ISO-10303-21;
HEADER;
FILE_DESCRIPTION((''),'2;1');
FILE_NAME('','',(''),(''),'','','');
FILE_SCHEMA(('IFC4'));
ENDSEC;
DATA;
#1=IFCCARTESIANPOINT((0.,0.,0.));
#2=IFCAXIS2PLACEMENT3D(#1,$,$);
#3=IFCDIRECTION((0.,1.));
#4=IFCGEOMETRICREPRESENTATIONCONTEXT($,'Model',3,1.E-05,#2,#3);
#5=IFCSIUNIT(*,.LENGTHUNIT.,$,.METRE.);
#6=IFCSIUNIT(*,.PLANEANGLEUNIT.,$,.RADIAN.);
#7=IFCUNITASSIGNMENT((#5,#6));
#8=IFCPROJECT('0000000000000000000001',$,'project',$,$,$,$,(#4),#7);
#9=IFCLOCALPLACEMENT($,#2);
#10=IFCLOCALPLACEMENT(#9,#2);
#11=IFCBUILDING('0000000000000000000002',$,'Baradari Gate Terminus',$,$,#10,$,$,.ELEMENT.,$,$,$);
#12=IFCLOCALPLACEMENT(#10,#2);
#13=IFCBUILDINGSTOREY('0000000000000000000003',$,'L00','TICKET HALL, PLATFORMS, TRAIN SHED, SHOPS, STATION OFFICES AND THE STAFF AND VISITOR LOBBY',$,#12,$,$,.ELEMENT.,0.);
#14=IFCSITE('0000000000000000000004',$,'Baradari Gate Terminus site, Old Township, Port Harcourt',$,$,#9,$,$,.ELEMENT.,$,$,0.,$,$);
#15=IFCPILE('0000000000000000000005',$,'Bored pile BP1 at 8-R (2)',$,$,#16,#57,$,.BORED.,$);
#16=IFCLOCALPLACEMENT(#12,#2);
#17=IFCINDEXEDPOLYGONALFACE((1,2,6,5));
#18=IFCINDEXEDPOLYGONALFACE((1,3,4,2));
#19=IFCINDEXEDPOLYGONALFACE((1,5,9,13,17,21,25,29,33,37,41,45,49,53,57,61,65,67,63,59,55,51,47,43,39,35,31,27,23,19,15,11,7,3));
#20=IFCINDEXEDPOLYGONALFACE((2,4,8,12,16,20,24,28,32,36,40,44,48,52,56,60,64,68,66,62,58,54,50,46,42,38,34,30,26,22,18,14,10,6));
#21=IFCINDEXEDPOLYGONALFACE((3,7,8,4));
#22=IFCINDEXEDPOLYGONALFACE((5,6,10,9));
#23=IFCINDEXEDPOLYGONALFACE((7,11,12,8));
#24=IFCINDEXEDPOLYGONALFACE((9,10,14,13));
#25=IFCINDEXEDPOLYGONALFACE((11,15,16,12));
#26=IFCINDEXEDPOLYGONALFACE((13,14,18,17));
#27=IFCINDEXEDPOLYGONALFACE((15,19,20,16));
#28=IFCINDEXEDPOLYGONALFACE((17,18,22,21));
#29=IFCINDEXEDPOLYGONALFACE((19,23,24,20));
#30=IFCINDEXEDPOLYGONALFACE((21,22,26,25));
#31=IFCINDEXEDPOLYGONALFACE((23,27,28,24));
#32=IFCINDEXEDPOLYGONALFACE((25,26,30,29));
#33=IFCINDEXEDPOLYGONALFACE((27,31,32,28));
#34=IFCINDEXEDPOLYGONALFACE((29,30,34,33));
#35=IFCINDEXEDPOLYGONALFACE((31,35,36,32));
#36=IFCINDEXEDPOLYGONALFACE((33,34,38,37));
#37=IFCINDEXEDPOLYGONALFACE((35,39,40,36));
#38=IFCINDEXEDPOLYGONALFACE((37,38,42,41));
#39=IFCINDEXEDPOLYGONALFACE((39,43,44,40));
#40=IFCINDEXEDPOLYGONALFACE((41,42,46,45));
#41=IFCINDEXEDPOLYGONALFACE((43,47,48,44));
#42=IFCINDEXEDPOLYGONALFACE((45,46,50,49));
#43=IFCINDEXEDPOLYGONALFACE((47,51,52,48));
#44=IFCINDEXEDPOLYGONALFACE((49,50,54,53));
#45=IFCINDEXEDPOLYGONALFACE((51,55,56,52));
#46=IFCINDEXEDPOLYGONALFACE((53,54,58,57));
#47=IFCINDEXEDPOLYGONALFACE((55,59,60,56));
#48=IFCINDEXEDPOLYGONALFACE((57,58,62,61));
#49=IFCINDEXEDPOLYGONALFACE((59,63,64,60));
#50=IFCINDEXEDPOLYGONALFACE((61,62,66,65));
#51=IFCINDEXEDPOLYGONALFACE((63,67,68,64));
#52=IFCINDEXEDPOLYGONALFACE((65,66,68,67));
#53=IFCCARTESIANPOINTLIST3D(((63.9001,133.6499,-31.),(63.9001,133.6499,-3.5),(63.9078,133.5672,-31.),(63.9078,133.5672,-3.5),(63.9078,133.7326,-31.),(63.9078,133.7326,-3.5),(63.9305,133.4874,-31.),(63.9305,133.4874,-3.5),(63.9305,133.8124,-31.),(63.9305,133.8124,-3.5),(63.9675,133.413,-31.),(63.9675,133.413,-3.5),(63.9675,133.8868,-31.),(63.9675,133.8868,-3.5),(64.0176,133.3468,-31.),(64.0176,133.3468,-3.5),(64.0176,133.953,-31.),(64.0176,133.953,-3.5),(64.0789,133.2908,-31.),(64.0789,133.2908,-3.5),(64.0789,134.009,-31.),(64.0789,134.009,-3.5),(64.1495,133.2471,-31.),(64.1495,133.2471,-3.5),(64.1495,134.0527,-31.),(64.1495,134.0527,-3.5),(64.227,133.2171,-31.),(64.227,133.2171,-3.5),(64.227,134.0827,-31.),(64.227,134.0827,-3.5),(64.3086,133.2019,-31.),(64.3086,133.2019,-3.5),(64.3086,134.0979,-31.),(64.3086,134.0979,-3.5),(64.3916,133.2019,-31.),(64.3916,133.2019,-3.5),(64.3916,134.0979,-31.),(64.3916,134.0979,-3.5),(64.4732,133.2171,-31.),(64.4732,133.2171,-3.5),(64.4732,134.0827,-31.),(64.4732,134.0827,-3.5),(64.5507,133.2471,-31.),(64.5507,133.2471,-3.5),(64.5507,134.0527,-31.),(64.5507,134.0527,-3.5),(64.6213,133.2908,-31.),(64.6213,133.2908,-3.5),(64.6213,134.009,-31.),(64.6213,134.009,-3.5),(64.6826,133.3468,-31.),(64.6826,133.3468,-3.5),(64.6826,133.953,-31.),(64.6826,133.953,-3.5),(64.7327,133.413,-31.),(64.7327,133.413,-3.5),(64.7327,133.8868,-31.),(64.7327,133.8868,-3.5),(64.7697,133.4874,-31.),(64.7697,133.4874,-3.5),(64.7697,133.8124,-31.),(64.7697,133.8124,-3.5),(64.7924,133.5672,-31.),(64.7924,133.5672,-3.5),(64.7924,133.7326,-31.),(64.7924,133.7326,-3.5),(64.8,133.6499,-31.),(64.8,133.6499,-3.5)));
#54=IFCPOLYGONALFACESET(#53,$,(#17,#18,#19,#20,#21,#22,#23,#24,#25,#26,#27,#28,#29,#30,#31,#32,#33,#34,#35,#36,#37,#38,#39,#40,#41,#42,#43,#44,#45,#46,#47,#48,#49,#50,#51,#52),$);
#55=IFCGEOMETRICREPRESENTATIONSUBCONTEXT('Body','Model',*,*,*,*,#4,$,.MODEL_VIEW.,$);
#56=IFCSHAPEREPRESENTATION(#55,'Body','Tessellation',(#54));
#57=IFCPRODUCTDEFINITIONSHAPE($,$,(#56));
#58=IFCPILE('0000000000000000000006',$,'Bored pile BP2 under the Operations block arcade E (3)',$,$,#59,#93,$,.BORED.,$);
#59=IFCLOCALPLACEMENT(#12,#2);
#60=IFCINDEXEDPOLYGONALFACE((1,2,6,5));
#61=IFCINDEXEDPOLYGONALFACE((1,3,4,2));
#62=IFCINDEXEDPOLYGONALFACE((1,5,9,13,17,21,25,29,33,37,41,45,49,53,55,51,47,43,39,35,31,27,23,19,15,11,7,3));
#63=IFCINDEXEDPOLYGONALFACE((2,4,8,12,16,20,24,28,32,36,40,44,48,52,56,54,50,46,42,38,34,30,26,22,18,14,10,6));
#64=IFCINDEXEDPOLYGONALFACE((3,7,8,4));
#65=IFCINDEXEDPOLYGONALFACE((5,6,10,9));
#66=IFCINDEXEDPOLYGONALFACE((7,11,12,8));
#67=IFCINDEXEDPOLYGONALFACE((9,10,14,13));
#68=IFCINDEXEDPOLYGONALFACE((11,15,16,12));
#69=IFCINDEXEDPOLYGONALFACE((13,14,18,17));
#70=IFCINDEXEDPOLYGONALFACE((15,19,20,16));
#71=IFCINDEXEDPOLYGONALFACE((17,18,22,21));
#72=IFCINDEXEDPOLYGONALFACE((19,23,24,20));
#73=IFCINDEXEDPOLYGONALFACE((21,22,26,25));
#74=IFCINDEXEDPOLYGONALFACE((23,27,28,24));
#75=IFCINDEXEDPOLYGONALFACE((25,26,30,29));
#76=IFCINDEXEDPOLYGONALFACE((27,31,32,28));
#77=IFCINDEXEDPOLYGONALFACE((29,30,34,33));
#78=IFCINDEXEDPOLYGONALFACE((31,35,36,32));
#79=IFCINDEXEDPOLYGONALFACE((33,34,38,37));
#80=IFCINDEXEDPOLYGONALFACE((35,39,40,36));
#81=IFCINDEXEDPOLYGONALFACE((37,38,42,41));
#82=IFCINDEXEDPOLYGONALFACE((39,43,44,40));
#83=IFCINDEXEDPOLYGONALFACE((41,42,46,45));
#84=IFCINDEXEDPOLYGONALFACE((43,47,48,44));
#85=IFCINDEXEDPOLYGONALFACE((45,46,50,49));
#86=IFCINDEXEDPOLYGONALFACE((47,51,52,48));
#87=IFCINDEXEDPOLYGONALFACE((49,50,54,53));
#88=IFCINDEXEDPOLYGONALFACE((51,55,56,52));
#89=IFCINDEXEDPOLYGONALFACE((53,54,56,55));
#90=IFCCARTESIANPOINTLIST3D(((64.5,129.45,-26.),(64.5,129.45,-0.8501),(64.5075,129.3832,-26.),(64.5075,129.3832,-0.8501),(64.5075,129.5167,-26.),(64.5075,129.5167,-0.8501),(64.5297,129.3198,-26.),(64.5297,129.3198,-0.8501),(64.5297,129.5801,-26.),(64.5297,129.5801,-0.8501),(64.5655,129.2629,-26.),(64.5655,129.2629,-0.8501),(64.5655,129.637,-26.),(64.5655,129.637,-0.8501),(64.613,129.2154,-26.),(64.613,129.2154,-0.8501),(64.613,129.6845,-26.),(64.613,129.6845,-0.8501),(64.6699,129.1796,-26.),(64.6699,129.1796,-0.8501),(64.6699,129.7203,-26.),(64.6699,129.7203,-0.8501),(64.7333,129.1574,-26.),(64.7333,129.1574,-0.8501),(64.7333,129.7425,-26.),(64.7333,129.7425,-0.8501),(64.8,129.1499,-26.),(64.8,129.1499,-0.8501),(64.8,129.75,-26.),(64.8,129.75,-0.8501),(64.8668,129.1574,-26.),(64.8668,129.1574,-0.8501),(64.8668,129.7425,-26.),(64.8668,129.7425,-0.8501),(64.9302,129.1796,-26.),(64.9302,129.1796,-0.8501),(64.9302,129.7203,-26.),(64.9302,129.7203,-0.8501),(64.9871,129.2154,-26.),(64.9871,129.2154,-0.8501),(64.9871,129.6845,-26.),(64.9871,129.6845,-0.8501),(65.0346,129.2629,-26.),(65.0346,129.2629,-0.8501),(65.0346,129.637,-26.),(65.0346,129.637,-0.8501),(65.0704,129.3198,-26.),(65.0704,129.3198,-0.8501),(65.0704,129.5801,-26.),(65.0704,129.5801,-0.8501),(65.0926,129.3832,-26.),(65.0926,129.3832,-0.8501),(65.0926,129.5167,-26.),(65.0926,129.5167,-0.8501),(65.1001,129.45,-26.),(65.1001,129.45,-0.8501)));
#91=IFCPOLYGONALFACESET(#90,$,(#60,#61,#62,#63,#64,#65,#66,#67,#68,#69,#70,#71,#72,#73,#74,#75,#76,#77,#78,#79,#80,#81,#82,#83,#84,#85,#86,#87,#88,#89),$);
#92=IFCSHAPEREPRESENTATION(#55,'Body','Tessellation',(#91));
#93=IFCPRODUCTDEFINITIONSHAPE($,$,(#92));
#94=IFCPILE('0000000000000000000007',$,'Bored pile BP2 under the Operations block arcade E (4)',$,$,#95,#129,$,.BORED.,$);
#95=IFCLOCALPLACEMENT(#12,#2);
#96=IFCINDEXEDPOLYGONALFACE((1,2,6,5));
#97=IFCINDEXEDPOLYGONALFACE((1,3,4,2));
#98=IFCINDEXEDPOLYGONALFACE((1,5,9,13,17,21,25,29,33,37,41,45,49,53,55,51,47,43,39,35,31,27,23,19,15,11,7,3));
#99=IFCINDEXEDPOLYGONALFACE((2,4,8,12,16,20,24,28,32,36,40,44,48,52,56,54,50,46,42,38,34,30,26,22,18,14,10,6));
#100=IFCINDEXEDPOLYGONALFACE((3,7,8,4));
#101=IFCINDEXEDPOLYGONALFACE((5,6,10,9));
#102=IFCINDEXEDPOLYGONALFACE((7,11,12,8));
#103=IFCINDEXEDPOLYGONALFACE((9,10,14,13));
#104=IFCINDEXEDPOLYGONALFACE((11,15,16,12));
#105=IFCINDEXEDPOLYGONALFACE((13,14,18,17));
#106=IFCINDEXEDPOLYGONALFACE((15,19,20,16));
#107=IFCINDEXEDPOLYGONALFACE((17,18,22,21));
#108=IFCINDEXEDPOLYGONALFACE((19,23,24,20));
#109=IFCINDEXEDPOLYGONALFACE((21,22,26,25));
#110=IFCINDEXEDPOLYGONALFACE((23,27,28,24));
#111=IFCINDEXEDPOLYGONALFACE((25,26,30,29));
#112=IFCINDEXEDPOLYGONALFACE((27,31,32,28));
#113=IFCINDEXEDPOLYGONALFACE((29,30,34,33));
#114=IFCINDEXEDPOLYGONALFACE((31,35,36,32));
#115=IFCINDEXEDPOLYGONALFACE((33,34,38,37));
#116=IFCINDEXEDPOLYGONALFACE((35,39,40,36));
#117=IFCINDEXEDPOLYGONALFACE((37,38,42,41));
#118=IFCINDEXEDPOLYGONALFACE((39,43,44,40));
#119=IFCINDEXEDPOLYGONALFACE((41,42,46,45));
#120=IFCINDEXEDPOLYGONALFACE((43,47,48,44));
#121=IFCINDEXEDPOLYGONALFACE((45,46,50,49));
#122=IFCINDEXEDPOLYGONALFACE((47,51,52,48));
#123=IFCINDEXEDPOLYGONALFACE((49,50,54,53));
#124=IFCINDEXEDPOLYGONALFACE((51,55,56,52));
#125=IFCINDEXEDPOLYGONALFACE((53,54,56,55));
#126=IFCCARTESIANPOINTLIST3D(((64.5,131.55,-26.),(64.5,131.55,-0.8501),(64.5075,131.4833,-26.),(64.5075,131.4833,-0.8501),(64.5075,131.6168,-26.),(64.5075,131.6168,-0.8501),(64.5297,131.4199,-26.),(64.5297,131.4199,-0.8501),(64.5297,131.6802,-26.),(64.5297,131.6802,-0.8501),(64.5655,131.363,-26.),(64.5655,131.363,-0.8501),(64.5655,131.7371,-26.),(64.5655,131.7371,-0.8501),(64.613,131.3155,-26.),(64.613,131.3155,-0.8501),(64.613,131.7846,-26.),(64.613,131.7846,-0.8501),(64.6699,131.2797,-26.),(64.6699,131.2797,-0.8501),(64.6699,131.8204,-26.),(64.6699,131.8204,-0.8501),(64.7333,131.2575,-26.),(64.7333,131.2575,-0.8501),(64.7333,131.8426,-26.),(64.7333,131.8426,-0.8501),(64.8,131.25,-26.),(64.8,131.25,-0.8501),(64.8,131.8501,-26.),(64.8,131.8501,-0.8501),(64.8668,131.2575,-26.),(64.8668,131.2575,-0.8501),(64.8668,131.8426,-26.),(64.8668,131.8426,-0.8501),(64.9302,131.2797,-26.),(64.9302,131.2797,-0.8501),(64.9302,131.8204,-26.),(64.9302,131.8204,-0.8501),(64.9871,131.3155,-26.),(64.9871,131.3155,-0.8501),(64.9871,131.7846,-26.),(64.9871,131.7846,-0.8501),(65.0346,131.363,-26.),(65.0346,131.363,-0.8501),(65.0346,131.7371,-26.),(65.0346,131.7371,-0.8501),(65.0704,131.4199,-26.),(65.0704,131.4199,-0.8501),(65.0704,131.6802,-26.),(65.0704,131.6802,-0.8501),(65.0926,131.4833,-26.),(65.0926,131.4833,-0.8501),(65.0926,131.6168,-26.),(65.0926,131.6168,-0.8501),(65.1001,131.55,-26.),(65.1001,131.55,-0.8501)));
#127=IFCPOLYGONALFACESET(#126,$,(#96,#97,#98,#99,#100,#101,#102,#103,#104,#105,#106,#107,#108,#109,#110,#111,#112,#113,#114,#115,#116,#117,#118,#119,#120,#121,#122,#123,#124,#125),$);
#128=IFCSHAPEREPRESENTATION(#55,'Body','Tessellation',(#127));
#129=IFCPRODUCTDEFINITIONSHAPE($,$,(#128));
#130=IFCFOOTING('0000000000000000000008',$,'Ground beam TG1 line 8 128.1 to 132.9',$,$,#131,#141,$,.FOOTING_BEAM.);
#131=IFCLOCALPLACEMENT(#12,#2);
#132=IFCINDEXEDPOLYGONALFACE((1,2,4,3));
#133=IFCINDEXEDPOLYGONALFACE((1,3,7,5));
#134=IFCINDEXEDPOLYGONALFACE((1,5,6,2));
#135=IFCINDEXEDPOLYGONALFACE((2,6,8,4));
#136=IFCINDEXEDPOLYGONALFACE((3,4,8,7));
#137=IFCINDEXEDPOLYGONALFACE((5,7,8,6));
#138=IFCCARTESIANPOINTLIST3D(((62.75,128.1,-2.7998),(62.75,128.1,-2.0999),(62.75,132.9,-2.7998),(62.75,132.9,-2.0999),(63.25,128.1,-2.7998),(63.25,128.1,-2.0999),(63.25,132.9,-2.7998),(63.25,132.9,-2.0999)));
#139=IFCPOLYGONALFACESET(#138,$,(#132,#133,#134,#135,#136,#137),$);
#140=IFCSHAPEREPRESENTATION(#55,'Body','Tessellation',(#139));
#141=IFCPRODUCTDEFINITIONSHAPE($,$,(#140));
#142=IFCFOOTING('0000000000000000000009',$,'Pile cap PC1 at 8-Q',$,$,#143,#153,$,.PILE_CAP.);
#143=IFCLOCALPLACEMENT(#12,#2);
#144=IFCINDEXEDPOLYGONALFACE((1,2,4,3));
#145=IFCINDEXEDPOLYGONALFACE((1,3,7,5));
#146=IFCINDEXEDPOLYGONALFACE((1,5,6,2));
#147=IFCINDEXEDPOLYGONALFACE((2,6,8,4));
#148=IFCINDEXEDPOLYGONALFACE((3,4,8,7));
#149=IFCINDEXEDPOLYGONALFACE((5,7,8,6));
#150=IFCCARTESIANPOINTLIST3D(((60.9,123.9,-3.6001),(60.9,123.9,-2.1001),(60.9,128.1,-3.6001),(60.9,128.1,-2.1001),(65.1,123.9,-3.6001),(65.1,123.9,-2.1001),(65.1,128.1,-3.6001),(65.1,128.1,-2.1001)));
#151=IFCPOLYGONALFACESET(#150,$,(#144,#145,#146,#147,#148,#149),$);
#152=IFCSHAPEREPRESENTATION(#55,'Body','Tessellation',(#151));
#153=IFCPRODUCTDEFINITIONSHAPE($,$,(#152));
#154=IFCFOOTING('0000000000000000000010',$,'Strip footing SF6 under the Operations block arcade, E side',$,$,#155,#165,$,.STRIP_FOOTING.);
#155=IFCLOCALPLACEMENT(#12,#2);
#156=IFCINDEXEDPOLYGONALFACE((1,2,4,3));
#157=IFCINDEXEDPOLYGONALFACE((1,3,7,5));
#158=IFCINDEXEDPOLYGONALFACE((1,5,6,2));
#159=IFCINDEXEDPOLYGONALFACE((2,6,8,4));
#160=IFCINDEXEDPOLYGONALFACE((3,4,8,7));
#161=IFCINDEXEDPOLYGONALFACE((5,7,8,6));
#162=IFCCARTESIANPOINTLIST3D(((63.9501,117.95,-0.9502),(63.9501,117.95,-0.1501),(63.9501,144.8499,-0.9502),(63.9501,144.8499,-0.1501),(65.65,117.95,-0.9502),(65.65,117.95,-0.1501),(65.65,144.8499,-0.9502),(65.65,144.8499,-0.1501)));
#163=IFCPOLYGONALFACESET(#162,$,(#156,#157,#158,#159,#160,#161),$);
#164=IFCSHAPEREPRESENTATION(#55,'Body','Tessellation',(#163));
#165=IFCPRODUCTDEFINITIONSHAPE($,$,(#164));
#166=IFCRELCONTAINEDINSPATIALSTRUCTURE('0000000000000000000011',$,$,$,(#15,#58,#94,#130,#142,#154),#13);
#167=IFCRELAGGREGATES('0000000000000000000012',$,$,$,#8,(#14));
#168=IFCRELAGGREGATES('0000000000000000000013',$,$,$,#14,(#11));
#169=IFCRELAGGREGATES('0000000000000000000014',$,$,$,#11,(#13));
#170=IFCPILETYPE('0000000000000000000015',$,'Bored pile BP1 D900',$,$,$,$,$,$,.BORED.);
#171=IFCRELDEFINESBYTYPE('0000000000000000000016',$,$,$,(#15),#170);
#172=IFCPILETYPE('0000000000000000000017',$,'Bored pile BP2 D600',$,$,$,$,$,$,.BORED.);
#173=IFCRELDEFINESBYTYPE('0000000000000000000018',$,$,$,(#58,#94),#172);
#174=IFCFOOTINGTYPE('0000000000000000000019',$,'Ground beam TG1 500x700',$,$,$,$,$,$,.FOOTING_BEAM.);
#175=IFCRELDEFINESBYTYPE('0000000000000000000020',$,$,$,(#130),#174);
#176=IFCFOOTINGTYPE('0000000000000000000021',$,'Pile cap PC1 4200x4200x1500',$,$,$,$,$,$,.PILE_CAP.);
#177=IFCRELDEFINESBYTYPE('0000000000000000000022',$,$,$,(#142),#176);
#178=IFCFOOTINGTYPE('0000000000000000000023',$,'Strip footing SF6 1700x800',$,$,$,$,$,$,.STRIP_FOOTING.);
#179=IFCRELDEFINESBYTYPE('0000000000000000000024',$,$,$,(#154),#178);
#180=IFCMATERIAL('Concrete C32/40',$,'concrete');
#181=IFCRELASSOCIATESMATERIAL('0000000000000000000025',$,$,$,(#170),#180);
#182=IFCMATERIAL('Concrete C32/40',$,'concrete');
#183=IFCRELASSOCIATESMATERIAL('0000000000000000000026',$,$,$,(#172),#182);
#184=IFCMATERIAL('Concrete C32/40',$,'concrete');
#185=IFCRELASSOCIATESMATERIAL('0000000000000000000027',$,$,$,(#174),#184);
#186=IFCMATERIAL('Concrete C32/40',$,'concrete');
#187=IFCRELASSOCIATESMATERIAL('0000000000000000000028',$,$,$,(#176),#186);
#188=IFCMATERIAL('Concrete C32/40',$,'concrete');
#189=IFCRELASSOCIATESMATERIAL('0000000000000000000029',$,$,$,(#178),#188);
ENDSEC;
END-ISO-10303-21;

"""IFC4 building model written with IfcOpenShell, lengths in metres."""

from ifc_helpers import new_model, si_unit, direction, frame, origin, origin_2d, place, context, subcontext, project, spatial, rectangle, circle, extrude, material, type_object, element, save


model = new_model("IFC4")

# Units and contexts
model_context = context("Model", 3, precision=1e-05, world=origin(), true_north=direction((0.0, 1.0)))
body_context = subcontext(model_context, "Body", "Model", "MODEL_VIEW")
ifc_project = project(units=[si_unit("LENGTHUNIT", "METRE"), si_unit("PLANEANGLEUNIT", "RADIAN")], contexts=[model_context])

# Site, building, storey
site_placement = place(None, origin())
site = spatial("IfcSite", under=ifc_project, at=site_placement, Name="Baradari Gate Terminus site, Old Township, Port Harcourt", CompositionType="ELEMENT", RefElevation=0.0)
building_placement = place(site_placement, origin())
building = spatial("IfcBuilding", under=site, at=building_placement, Name="Baradari Gate Terminus", CompositionType="ELEMENT")
storey_placement = place(building_placement, origin())
storey = spatial("IfcBuildingStorey", under=building, at=storey_placement, Name="L00", Description="TICKET HALL, PLATFORMS, TRAIN SHED, SHOPS, STATION OFFICES AND THE STAFF AND VISITOR LOBBY", CompositionType="ELEMENT", Elevation=0.0)

# Piles
ifc_material_1 = material(Name="Concrete C32/40", Category="concrete")
pile_type_1 = type_object("IfcPileType", Name="Bored pile BP1 D900", PredefinedType="BORED", material=ifc_material_1)
for number, where, z_axis, x_axis, name in (
    (1, (64.3501, 133.6499, -3.5), (0.0, 0.0, -1.0), (1.0, 0.0, 0.0), "Bored pile BP1 at 8-R (2)"),
):
    element("IfcPile", number, at=place(storey_placement, frame(where, z_axis=z_axis, x_axis=x_axis)), inside=storey, type_object=pile_type_1, Name=name, PredefinedType="BORED", context=body_context, shape_type="SweptSolid", body=[
        extrude(circle(Radius=0.45, at=origin_2d()), origin(), (0.0, 0.0, 1.0), 27.5),
    ])
ifc_material_2 = material(Name="Concrete C32/40", Category="concrete")
pile_type_2 = type_object("IfcPileType", Name="Bored pile BP2 D600", PredefinedType="BORED", material=ifc_material_2)
for number, where, z_axis, x_axis, name in (
    (2, (64.8, 129.45, -0.8501), (0.0, 0.0, -1.0), (1.0, 0.0, 0.0), "Bored pile BP2 under the Operations block arcade E (3)"),
    (3, (64.8, 131.55, -0.8501), (0.0, 0.0, -1.0), (1.0, 0.0, 0.0), "Bored pile BP2 under the Operations block arcade E (4)"),
):
    element("IfcPile", number, at=place(storey_placement, frame(where, z_axis=z_axis, x_axis=x_axis)), inside=storey, type_object=pile_type_2, Name=name, PredefinedType="BORED", context=body_context, shape_type="SweptSolid", body=[
        extrude(circle(Radius=0.3, at=origin_2d()), origin(), (0.0, 0.0, 1.0), 25.1499),
    ])

# Footings
ifc_material_3 = material(Name="Concrete C32/40", Category="concrete")
footing_type_1 = type_object("IfcFootingType", Name="Ground beam TG1 500x700", PredefinedType="FOOTING_BEAM", material=ifc_material_3)
footing_1_placement = place(storey_placement, frame((63.0, 130.5, -2.7998), z_axis=(0.0, 0.0, 1.0), x_axis=(1.0, 0.0, 0.0)))
element("IfcFooting", 4, at=footing_1_placement, inside=storey, type_object=footing_type_1, Name="Ground beam TG1 line 8 128.1 to 132.9", PredefinedType="FOOTING_BEAM", context=body_context, shape_type="SweptSolid", body=[
    extrude(rectangle(XDim=0.5, YDim=4.8, at=origin_2d()), origin(), (0.0, 0.0, 1.0), 0.7),
])
ifc_material_4 = material(Name="Concrete C32/40", Category="concrete")
footing_type_2 = type_object("IfcFootingType", Name="Pile cap PC1 4200x4200x1500", PredefinedType="PILE_CAP", material=ifc_material_4)
footing_2_placement = place(storey_placement, frame((63.0, 126.0, -3.6001), z_axis=(0.0, 0.0, 1.0), x_axis=(1.0, 0.0, 0.0)))
element("IfcFooting", 5, at=footing_2_placement, inside=storey, type_object=footing_type_2, Name="Pile cap PC1 at 8-Q", PredefinedType="PILE_CAP", context=body_context, shape_type="SweptSolid", body=[
    extrude(rectangle(XDim=4.2, YDim=4.2, at=origin_2d()), origin(), (0.0, 0.0, 1.0), 1.5),
])
ifc_material_5 = material(Name="Concrete C32/40", Category="concrete")
footing_type_3 = type_object("IfcFootingType", Name="Strip footing SF6 1700x800", PredefinedType="STRIP_FOOTING", material=ifc_material_5)
footing_3_placement = place(storey_placement, frame((64.8, 131.3999, -0.9502), z_axis=(0.0, 0.0, 1.0), x_axis=(1.0, 0.0, 0.0)))
element("IfcFooting", 6, at=footing_3_placement, inside=storey, type_object=footing_type_3, Name="Strip footing SF6 under the Operations block arcade, E side", PredefinedType="STRIP_FOOTING", context=body_context, shape_type="SweptSolid", body=[
    extrude(rectangle(XDim=1.7, YDim=26.8999, at=origin_2d()), origin(), (0.0, 0.0, 1.0), 0.8),
])

save(model, "model.ifc")
